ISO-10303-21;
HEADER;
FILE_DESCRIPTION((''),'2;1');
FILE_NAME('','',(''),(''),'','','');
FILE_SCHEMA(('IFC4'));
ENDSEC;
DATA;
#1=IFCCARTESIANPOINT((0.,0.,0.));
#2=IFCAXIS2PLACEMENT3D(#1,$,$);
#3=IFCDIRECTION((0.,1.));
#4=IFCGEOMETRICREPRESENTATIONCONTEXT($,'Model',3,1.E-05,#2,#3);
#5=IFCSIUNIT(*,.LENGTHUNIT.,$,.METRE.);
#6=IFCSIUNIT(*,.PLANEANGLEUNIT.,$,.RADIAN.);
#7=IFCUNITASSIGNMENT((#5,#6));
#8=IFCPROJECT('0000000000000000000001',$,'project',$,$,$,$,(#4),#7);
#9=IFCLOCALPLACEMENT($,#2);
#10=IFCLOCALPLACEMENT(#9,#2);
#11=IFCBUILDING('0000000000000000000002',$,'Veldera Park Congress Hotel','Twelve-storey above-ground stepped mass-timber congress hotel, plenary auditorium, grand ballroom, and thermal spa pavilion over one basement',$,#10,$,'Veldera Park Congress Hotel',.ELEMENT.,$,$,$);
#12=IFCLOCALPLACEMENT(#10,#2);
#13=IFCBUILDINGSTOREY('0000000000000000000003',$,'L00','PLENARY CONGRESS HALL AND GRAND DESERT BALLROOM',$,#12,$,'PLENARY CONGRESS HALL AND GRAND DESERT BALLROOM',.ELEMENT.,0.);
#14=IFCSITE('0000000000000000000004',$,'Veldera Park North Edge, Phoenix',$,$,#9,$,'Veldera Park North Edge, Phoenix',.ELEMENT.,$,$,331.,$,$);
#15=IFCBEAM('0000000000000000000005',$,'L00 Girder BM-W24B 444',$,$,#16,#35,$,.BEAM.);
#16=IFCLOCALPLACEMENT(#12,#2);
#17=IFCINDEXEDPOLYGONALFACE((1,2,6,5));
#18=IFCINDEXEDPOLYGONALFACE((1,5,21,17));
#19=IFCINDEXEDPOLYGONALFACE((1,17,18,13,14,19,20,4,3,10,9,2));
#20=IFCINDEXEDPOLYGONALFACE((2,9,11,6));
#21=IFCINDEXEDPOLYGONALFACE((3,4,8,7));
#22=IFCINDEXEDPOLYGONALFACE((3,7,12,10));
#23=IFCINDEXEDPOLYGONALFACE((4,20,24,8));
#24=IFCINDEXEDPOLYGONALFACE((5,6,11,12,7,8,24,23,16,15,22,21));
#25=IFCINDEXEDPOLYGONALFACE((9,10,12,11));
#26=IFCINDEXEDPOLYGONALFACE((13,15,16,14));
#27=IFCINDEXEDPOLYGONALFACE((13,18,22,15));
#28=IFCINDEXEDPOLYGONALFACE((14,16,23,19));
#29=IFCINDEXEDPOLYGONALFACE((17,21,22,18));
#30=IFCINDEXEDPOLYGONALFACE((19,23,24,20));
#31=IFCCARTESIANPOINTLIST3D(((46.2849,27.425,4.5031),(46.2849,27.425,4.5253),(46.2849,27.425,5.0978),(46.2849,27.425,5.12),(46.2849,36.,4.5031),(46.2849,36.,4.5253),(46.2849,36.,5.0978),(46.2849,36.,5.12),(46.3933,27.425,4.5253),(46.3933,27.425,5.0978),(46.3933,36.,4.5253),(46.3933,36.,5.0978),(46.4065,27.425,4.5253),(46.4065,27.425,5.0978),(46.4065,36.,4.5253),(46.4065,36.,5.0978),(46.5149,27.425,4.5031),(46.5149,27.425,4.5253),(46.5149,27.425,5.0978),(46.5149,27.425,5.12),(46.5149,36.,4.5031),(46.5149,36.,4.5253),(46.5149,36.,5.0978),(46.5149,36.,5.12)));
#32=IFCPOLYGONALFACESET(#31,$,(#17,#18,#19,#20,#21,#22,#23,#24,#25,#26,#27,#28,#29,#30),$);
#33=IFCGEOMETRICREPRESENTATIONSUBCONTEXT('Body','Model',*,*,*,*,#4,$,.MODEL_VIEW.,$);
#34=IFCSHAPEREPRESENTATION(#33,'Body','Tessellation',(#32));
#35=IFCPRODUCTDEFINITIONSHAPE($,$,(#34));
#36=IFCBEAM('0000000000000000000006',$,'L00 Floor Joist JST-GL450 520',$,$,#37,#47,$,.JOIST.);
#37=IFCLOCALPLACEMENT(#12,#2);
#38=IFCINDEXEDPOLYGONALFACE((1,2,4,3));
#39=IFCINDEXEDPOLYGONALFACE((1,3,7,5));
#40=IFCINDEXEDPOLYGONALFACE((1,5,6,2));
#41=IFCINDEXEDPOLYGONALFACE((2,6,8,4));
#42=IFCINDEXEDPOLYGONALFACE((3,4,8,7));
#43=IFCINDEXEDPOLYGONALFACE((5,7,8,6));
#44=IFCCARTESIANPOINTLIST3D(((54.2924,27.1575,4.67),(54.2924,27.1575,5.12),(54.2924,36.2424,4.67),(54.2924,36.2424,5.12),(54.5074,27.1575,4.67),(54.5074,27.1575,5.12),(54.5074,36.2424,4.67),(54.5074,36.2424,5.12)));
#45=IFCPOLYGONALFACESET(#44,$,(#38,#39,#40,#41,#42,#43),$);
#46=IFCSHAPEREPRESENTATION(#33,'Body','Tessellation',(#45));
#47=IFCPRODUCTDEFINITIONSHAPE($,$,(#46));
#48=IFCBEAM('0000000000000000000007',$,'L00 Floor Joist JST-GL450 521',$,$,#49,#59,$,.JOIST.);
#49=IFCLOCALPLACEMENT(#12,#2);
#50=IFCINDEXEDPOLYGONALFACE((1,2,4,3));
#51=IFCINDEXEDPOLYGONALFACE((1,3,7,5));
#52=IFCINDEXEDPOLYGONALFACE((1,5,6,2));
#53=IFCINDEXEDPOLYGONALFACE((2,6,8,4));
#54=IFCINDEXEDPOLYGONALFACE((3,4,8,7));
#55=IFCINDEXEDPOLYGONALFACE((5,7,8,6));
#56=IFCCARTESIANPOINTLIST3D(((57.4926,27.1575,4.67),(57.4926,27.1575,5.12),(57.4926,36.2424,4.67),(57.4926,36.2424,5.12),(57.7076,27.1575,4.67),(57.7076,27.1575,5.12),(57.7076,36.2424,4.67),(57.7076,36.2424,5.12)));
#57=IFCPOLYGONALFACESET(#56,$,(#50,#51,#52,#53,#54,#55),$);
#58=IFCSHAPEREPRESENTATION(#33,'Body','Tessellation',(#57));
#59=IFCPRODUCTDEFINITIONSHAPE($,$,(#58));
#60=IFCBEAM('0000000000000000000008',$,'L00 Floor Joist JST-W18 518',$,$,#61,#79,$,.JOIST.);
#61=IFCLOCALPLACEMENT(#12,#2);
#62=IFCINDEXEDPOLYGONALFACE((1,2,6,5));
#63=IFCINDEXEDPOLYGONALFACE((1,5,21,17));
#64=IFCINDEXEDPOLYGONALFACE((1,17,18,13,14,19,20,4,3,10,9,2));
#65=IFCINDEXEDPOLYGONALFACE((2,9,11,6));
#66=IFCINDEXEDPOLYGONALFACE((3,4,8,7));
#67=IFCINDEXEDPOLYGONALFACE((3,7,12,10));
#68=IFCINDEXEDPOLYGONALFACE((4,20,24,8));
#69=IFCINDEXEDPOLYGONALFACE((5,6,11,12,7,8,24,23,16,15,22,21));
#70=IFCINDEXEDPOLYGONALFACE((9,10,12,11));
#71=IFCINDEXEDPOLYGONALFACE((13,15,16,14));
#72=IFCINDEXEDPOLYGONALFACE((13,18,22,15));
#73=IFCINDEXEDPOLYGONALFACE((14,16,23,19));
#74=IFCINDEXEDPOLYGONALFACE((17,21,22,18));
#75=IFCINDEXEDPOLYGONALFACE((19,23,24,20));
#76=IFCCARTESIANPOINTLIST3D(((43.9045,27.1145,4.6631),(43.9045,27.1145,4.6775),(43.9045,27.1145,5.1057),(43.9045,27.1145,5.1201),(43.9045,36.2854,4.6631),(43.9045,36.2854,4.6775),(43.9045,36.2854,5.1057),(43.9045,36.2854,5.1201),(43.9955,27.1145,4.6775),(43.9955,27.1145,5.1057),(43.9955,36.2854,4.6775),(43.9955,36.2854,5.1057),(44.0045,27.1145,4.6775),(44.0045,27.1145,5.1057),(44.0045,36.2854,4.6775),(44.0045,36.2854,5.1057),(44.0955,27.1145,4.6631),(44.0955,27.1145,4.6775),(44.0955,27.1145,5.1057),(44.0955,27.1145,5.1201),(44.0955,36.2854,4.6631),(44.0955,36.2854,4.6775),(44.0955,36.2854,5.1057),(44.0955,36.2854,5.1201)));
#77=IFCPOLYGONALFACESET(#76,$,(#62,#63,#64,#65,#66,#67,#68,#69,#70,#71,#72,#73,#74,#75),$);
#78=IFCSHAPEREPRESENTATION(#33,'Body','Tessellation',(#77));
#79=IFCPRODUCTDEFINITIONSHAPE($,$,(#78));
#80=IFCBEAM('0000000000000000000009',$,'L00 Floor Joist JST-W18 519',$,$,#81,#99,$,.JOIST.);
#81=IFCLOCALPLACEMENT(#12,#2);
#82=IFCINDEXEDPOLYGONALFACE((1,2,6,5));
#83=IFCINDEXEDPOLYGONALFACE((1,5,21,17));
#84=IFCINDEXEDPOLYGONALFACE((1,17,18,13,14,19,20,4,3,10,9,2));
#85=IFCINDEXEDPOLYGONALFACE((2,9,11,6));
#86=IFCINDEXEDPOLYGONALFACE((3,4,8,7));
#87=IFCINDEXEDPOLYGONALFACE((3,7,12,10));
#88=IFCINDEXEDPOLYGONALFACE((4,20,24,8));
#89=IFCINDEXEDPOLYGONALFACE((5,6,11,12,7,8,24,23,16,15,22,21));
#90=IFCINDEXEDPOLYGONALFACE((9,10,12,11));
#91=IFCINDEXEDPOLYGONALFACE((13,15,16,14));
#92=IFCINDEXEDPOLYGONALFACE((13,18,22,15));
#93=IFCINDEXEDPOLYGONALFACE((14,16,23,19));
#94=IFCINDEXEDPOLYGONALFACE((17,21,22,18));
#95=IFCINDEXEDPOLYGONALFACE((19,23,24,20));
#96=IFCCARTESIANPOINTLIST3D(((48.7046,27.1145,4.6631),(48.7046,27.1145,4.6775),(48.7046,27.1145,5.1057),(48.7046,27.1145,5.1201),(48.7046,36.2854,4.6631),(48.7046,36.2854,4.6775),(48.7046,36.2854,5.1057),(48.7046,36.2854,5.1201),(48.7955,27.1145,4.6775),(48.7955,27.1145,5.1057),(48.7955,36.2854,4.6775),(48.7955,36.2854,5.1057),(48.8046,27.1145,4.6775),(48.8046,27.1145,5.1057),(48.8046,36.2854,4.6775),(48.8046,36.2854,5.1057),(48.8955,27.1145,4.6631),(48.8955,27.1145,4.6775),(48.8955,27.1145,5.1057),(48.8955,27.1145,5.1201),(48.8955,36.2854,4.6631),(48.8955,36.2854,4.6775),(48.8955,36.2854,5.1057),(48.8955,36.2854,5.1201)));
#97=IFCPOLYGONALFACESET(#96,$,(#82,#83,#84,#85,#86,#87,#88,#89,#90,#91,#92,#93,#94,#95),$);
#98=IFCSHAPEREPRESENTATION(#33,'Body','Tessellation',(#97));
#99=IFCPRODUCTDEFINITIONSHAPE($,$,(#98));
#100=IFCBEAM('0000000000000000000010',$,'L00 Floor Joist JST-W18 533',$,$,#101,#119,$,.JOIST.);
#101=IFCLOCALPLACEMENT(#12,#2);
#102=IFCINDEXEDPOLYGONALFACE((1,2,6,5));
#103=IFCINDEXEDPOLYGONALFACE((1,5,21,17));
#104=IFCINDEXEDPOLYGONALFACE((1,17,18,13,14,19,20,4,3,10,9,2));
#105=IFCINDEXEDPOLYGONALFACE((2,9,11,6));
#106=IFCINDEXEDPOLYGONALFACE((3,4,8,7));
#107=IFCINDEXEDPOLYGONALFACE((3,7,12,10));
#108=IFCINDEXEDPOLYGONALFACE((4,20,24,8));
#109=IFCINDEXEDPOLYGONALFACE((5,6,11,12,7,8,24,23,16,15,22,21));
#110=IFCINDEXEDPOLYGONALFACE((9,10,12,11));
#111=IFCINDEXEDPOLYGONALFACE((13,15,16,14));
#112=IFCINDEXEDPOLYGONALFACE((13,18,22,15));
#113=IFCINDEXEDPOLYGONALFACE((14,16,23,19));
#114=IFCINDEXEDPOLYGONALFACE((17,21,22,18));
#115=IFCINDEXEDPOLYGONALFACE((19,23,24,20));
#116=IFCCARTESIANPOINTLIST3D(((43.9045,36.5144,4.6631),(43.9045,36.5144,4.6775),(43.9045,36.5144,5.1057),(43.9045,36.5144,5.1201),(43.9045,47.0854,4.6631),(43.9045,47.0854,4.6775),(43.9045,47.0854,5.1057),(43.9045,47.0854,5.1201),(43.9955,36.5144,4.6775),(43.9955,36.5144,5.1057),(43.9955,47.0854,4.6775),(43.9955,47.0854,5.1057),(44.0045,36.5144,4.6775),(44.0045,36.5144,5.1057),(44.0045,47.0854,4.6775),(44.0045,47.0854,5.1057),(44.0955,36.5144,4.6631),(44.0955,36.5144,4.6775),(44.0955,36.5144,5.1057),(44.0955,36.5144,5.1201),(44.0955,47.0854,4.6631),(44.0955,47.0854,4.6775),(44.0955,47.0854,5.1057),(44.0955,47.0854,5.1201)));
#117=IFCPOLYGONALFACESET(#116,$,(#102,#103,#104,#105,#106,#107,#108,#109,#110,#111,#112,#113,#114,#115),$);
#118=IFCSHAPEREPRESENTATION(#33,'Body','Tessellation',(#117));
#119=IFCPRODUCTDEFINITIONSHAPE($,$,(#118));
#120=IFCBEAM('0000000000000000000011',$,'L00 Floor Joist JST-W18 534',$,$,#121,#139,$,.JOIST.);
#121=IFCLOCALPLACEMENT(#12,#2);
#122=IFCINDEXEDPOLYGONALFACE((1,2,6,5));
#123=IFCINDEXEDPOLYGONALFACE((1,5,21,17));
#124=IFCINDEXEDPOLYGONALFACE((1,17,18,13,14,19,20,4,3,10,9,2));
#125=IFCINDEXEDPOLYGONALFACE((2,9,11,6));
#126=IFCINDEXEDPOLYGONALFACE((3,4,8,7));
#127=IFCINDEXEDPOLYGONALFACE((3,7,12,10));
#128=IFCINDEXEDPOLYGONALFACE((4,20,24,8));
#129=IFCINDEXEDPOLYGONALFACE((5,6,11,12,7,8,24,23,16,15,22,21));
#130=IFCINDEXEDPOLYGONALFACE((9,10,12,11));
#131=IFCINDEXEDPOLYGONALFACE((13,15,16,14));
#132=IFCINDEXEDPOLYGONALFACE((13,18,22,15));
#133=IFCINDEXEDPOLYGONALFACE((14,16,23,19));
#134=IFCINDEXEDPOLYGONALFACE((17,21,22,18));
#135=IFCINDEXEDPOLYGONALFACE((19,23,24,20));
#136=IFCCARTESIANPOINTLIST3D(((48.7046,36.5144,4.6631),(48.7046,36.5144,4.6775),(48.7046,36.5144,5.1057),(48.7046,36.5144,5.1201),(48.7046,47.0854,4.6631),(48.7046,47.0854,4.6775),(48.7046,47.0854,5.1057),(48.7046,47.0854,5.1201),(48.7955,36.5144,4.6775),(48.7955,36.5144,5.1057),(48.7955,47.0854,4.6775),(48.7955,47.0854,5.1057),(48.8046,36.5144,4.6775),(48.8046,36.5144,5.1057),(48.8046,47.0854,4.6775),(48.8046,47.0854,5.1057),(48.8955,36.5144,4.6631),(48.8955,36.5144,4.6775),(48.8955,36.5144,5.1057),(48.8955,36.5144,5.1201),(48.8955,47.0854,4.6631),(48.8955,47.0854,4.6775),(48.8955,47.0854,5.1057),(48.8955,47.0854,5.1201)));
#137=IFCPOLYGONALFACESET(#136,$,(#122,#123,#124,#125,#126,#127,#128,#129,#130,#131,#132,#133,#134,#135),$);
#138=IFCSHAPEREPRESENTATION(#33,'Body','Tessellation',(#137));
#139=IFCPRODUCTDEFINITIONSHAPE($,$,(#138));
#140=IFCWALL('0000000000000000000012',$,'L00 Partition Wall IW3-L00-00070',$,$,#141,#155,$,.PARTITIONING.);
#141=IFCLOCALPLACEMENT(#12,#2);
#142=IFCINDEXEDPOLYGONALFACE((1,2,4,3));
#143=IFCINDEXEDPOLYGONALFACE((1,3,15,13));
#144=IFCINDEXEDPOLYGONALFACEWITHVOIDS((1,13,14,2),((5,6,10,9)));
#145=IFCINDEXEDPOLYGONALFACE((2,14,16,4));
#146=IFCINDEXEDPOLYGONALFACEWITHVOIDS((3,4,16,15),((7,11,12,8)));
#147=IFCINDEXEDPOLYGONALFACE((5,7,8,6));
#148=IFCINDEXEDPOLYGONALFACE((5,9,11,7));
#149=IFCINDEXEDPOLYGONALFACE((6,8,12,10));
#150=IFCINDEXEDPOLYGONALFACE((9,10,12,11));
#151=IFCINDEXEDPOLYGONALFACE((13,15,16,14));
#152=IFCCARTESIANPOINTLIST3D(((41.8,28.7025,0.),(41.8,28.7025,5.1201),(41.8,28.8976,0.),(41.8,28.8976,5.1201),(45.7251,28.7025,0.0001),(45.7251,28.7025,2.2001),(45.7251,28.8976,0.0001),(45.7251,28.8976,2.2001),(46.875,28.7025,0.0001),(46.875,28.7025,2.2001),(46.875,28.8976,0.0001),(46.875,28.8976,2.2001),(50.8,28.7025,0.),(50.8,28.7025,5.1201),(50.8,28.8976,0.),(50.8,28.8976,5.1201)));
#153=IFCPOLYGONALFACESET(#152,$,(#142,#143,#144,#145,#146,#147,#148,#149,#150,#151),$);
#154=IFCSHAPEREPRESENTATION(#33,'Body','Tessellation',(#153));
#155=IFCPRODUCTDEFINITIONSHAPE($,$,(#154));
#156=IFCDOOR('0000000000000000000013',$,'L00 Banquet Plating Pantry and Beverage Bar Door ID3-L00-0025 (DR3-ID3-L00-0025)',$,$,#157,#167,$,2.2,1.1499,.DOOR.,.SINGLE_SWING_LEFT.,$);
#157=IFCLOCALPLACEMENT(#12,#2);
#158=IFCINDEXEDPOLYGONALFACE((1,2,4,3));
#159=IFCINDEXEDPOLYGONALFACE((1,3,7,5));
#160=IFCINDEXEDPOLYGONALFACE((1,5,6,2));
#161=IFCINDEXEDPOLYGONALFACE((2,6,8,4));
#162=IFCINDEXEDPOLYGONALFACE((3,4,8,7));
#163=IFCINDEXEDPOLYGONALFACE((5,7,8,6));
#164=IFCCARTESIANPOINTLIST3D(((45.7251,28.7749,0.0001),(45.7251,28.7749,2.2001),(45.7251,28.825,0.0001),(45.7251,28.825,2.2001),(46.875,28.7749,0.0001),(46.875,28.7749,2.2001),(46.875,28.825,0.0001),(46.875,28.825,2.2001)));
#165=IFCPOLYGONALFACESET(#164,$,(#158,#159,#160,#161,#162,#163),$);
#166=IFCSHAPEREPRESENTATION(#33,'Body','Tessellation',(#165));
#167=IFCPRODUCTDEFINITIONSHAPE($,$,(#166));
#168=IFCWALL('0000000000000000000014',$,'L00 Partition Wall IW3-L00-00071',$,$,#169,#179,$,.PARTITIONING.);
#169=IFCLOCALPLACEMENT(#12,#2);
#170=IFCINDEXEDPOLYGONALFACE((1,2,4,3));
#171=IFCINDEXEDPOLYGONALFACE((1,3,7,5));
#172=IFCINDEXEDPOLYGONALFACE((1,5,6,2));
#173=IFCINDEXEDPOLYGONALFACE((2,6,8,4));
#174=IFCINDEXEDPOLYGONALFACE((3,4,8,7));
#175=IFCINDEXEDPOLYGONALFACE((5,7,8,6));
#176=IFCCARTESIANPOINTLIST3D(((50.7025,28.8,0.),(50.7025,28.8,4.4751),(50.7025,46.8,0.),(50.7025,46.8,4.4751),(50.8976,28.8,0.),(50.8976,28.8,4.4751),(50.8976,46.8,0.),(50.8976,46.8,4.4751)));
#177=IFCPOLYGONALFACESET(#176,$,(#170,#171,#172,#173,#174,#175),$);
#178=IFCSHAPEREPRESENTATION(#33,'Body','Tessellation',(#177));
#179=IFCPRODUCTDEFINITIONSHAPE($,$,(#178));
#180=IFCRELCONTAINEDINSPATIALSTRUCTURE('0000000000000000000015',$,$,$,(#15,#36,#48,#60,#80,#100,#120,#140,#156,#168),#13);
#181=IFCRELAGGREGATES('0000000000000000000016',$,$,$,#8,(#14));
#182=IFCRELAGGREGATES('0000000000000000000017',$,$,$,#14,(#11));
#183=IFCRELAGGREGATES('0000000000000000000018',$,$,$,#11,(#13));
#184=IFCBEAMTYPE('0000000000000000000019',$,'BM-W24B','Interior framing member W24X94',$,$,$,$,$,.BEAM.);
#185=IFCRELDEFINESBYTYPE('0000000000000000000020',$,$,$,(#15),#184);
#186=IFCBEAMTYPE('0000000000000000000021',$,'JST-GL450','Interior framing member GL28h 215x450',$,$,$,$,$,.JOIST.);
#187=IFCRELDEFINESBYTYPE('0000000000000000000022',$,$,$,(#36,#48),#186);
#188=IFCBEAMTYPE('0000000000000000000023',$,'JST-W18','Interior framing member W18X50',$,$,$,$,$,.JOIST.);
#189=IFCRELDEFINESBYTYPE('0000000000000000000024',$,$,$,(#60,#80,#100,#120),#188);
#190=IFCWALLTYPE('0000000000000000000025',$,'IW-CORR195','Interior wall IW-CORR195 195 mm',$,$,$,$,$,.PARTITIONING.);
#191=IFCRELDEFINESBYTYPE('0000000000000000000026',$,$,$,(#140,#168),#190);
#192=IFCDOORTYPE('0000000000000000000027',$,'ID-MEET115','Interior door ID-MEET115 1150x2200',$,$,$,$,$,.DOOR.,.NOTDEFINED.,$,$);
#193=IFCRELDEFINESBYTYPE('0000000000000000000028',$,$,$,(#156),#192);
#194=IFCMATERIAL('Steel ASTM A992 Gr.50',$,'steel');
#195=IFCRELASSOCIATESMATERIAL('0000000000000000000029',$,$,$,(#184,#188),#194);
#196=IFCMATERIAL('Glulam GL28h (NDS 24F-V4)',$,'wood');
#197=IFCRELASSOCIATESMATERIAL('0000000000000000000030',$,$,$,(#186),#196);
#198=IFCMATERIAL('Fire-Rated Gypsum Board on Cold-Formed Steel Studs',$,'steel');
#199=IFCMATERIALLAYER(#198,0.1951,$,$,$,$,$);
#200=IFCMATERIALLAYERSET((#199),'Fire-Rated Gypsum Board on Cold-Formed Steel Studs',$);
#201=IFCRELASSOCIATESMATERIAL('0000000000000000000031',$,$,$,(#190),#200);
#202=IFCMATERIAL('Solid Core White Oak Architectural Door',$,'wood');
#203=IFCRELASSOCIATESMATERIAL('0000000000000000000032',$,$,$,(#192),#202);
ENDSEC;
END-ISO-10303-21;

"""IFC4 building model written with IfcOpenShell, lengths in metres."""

from ifc_helpers import new_model, si_unit, direction, frame, frame_2d, origin, origin_2d, place, context, subcontext, project, spatial, rectangle, i_section, extrude, material, layer, layer_set, material_profile, profile_set, type_object, element, fill, save


model = new_model("IFC4")

# Units and contexts
model_context = context("Model", 3, precision=1e-05, world=origin(), true_north=direction((0.0, 1.0)))
body_context = subcontext(model_context, "Body", "Model", "MODEL_VIEW")
ifc_project = project(units=[si_unit("LENGTHUNIT", "METRE"), si_unit("PLANEANGLEUNIT", "RADIAN")], contexts=[model_context])

# Site, building, storey
site_placement = place(None, origin())
site = spatial("IfcSite", under=ifc_project, at=site_placement, Name="Veldera Park North Edge, Phoenix", LongName="Veldera Park North Edge, Phoenix", CompositionType="ELEMENT", RefElevation=331.0)
building_placement = place(site_placement, origin())
building = spatial("IfcBuilding", under=site, at=building_placement, Name="Veldera Park Congress Hotel", Description="Twelve-storey above-ground stepped mass-timber congress hotel, plenary auditorium, grand ballroom, and thermal spa pavilion over one basement", LongName="Veldera Park Congress Hotel", CompositionType="ELEMENT")
storey_placement = place(building_placement, origin())
storey = spatial("IfcBuildingStorey", under=building, at=storey_placement, Name="L00", Description="PLENARY CONGRESS HALL AND GRAND DESERT BALLROOM", LongName="PLENARY CONGRESS HALL AND GRAND DESERT BALLROOM", CompositionType="ELEMENT", Elevation=0.0)

# Beams
ifc_material_1 = material(Name="Glulam GL28h (NDS 24F-V4)", Category="wood")
ifc_material_2 = material(Name="Steel ASTM A992 Gr.50", Category="steel")
ifc_material_profile_1 = material_profile(ifc_material_2, i_section(OverallWidth=0.23, OverallDepth=0.6169, WebThickness=0.0132, FlangeThickness=0.0222, at=origin_2d()), Name="W24X94")
ifc_profile_set_1 = profile_set([ifc_material_profile_1], Name="Steel ASTM A992 Gr.50")
beam_type_1 = type_object("IfcBeamType", Name="BM-W24B", Description="Interior framing member W24X94", PredefinedType="BEAM", material=ifc_profile_set_1)
for number, where, z_axis, x_axis, name in (
    (1, (46.3999, 27.425, 4.8115), (0.0, 1.0, 0.0), (-1.0, 0.0, 0.0), "L00 Girder BM-W24B 444"),
):
    element("IfcBeam", number, at=place(storey_placement, frame(where, z_axis=z_axis, x_axis=x_axis)), inside=storey, type_object=beam_type_1, Name=name, PredefinedType="BEAM", context=body_context, shape_type="SweptSolid", body=[
        extrude(i_section(OverallWidth=0.23, OverallDepth=0.6169, WebThickness=0.0132, FlangeThickness=0.0222, at=origin_2d()), origin(), (0.0, 0.0, 1.0), 8.575),
    ])
ifc_material_profile_2 = material_profile(ifc_material_1, rectangle(XDim=0.2151, YDim=0.45, at=origin_2d()), Name="GL28h 215x450")
ifc_profile_set_2 = profile_set([ifc_material_profile_2], Name="Glulam GL28h (NDS 24F-V4)")
beam_type_2 = type_object("IfcBeamType", Name="JST-GL450", Description="Interior framing member GL28h 215x450", PredefinedType="JOIST", material=ifc_profile_set_2)
for number, where, z_axis, x_axis, name in (
    (2, (54.3999, 27.1575, 4.895), (0.0, 1.0, 0.0), (-1.0, 0.0, 0.0), "L00 Floor Joist JST-GL450 520"),
    (3, (57.6001, 27.1575, 4.895), (0.0, 1.0, 0.0), (-1.0, 0.0, 0.0), "L00 Floor Joist JST-GL450 521"),
):
    element("IfcBeam", number, at=place(storey_placement, frame(where, z_axis=z_axis, x_axis=x_axis)), inside=storey, type_object=beam_type_2, Name=name, PredefinedType="JOIST", context=body_context, shape_type="SweptSolid", body=[
        extrude(rectangle(XDim=0.2151, YDim=0.45, at=origin_2d()), origin(), (0.0, 0.0, 1.0), 9.085),
    ])
ifc_material_profile_3 = material_profile(ifc_material_2, i_section(OverallWidth=0.1909, OverallDepth=0.457, WebThickness=0.009, FlangeThickness=0.0144, at=origin_2d()), Name="W18X50")
ifc_profile_set_3 = profile_set([ifc_material_profile_3], Name="Steel ASTM A992 Gr.50")
beam_type_3 = type_object("IfcBeamType", Name="JST-W18", Description="Interior framing member W18X50", PredefinedType="JOIST", material=ifc_profile_set_3)
for number, where, z_axis, x_axis, name in (
    (4, (44.0, 27.1145, 4.8916), (0.0, 1.0, 0.0), (-1.0, 0.0, 0.0), "L00 Floor Joist JST-W18 518"),
    (5, (48.8, 27.1145, 4.8916), (0.0, 1.0, 0.0), (-1.0, 0.0, 0.0), "L00 Floor Joist JST-W18 519"),
):
    element("IfcBeam", number, at=place(storey_placement, frame(where, z_axis=z_axis, x_axis=x_axis)), inside=storey, type_object=beam_type_3, Name=name, PredefinedType="JOIST", context=body_context, shape_type="SweptSolid", body=[
        extrude(i_section(OverallWidth=0.1909, OverallDepth=0.457, WebThickness=0.009, FlangeThickness=0.0144, at=origin_2d()), origin(), (0.0, 0.0, 1.0), 9.1709),
    ])
for number, where, z_axis, x_axis, name in (
    (6, (44.0, 36.5144, 4.8916), (0.0, 1.0, 0.0), (-1.0, 0.0, 0.0), "L00 Floor Joist JST-W18 533"),
    (7, (48.8, 36.5144, 4.8916), (0.0, 1.0, 0.0), (-1.0, 0.0, 0.0), "L00 Floor Joist JST-W18 534"),
):
    element("IfcBeam", number, at=place(storey_placement, frame(where, z_axis=z_axis, x_axis=x_axis)), inside=storey, type_object=beam_type_3, Name=name, PredefinedType="JOIST", context=body_context, shape_type="SweptSolid", body=[
        extrude(i_section(OverallWidth=0.1909, OverallDepth=0.457, WebThickness=0.009, FlangeThickness=0.0144, at=origin_2d()), origin(), (0.0, 0.0, 1.0), 10.571),
    ])

# Wall, opening, door
ifc_material_3 = material(Name="Fire-Rated Gypsum Board on Cold-Formed Steel Studs", Category="steel")
ifc_layer = layer(ifc_material_3, 0.1951)
ifc_layer_set = layer_set([ifc_layer], Name="Fire-Rated Gypsum Board on Cold-Formed Steel Studs")
wall_type = type_object("IfcWallType", Name="IW-CORR195", Description="Interior wall IW-CORR195 195 mm", PredefinedType="PARTITIONING", material=ifc_layer_set)
wall_1_placement = place(storey_placement, frame((41.8, 28.8, 0.0), z_axis=(0.0, 0.0, 1.0), x_axis=(1.0, 0.0, 0.0)))
wall_1 = element("IfcWall", 8, at=wall_1_placement, inside=storey, type_object=wall_type, Name="L00 Partition Wall IW3-L00-00070", PredefinedType="PARTITIONING", context=body_context, shape_type="SweptSolid", body=[
    extrude(rectangle(XDim=9.0, YDim=0.1951, at=frame_2d((4.5, 0.0))), origin(), (0.0, 0.0, 1.0), 5.1201),
])
opening_placement = place(wall_1_placement, frame((3.925, 0.0, 0.0)))
opening = element("IfcOpeningElement", 9, at=opening_placement, cuts=wall_1, PredefinedType="OPENING", context=body_context, shape_type="SweptSolid", body=[
    extrude(rectangle(XDim=1.1499, YDim=2.2, at=frame_2d((0.575, 1.1001))), frame((0.0, 0.1096, 0.0), z_axis=(0.0, -1.0, 0.0), x_axis=(1.0, 0.0, 0.0)), (0.0, 0.0, 1.0), 0.219),
])
ifc_material_4 = material(Name="Solid Core White Oak Architectural Door", Category="wood")
door_type = type_object("IfcDoorType", Name="ID-MEET115", Description="Interior door ID-MEET115 1150x2200", OperationType="NOTDEFINED", PredefinedType="DOOR", material=ifc_material_4)
door_placement = place(opening_placement, origin())
door = element("IfcDoor", 10, at=door_placement, inside=storey, type_object=door_type, Name="L00 Banquet Plating Pantry and Beverage Bar Door ID3-L00-0025 (DR3-ID3-L00-0025)", OperationType="SINGLE_SWING_LEFT", OverallHeight=2.2, OverallWidth=1.1499, PredefinedType="DOOR", context=body_context, shape_type="SweptSolid", body=[
    extrude(rectangle(XDim=1.1499, YDim=2.2, at=frame_2d((0.575, 1.1001))), frame((0.0, 0.0249, 0.0), z_axis=(0.0, -1.0, 0.0), x_axis=(1.0, 0.0, 0.0)), (0.0, 0.0, 1.0), 0.05),
])
fill(opening, door)

# Wall
wall_2_placement = place(storey_placement, frame((50.8, 28.8, 0.0), z_axis=(0.0, 0.0, 1.0), x_axis=(0.0, 1.0, 0.0)))
element("IfcWall", 11, at=wall_2_placement, inside=storey, type_object=wall_type, Name="L00 Partition Wall IW3-L00-00071", PredefinedType="PARTITIONING", context=body_context, shape_type="SweptSolid", body=[
    extrude(rectangle(XDim=18.0, YDim=0.1951, at=frame_2d((9.0, 0.0))), origin(), (0.0, 0.0, 1.0), 4.4751),
])

save(model, "model.ifc")
